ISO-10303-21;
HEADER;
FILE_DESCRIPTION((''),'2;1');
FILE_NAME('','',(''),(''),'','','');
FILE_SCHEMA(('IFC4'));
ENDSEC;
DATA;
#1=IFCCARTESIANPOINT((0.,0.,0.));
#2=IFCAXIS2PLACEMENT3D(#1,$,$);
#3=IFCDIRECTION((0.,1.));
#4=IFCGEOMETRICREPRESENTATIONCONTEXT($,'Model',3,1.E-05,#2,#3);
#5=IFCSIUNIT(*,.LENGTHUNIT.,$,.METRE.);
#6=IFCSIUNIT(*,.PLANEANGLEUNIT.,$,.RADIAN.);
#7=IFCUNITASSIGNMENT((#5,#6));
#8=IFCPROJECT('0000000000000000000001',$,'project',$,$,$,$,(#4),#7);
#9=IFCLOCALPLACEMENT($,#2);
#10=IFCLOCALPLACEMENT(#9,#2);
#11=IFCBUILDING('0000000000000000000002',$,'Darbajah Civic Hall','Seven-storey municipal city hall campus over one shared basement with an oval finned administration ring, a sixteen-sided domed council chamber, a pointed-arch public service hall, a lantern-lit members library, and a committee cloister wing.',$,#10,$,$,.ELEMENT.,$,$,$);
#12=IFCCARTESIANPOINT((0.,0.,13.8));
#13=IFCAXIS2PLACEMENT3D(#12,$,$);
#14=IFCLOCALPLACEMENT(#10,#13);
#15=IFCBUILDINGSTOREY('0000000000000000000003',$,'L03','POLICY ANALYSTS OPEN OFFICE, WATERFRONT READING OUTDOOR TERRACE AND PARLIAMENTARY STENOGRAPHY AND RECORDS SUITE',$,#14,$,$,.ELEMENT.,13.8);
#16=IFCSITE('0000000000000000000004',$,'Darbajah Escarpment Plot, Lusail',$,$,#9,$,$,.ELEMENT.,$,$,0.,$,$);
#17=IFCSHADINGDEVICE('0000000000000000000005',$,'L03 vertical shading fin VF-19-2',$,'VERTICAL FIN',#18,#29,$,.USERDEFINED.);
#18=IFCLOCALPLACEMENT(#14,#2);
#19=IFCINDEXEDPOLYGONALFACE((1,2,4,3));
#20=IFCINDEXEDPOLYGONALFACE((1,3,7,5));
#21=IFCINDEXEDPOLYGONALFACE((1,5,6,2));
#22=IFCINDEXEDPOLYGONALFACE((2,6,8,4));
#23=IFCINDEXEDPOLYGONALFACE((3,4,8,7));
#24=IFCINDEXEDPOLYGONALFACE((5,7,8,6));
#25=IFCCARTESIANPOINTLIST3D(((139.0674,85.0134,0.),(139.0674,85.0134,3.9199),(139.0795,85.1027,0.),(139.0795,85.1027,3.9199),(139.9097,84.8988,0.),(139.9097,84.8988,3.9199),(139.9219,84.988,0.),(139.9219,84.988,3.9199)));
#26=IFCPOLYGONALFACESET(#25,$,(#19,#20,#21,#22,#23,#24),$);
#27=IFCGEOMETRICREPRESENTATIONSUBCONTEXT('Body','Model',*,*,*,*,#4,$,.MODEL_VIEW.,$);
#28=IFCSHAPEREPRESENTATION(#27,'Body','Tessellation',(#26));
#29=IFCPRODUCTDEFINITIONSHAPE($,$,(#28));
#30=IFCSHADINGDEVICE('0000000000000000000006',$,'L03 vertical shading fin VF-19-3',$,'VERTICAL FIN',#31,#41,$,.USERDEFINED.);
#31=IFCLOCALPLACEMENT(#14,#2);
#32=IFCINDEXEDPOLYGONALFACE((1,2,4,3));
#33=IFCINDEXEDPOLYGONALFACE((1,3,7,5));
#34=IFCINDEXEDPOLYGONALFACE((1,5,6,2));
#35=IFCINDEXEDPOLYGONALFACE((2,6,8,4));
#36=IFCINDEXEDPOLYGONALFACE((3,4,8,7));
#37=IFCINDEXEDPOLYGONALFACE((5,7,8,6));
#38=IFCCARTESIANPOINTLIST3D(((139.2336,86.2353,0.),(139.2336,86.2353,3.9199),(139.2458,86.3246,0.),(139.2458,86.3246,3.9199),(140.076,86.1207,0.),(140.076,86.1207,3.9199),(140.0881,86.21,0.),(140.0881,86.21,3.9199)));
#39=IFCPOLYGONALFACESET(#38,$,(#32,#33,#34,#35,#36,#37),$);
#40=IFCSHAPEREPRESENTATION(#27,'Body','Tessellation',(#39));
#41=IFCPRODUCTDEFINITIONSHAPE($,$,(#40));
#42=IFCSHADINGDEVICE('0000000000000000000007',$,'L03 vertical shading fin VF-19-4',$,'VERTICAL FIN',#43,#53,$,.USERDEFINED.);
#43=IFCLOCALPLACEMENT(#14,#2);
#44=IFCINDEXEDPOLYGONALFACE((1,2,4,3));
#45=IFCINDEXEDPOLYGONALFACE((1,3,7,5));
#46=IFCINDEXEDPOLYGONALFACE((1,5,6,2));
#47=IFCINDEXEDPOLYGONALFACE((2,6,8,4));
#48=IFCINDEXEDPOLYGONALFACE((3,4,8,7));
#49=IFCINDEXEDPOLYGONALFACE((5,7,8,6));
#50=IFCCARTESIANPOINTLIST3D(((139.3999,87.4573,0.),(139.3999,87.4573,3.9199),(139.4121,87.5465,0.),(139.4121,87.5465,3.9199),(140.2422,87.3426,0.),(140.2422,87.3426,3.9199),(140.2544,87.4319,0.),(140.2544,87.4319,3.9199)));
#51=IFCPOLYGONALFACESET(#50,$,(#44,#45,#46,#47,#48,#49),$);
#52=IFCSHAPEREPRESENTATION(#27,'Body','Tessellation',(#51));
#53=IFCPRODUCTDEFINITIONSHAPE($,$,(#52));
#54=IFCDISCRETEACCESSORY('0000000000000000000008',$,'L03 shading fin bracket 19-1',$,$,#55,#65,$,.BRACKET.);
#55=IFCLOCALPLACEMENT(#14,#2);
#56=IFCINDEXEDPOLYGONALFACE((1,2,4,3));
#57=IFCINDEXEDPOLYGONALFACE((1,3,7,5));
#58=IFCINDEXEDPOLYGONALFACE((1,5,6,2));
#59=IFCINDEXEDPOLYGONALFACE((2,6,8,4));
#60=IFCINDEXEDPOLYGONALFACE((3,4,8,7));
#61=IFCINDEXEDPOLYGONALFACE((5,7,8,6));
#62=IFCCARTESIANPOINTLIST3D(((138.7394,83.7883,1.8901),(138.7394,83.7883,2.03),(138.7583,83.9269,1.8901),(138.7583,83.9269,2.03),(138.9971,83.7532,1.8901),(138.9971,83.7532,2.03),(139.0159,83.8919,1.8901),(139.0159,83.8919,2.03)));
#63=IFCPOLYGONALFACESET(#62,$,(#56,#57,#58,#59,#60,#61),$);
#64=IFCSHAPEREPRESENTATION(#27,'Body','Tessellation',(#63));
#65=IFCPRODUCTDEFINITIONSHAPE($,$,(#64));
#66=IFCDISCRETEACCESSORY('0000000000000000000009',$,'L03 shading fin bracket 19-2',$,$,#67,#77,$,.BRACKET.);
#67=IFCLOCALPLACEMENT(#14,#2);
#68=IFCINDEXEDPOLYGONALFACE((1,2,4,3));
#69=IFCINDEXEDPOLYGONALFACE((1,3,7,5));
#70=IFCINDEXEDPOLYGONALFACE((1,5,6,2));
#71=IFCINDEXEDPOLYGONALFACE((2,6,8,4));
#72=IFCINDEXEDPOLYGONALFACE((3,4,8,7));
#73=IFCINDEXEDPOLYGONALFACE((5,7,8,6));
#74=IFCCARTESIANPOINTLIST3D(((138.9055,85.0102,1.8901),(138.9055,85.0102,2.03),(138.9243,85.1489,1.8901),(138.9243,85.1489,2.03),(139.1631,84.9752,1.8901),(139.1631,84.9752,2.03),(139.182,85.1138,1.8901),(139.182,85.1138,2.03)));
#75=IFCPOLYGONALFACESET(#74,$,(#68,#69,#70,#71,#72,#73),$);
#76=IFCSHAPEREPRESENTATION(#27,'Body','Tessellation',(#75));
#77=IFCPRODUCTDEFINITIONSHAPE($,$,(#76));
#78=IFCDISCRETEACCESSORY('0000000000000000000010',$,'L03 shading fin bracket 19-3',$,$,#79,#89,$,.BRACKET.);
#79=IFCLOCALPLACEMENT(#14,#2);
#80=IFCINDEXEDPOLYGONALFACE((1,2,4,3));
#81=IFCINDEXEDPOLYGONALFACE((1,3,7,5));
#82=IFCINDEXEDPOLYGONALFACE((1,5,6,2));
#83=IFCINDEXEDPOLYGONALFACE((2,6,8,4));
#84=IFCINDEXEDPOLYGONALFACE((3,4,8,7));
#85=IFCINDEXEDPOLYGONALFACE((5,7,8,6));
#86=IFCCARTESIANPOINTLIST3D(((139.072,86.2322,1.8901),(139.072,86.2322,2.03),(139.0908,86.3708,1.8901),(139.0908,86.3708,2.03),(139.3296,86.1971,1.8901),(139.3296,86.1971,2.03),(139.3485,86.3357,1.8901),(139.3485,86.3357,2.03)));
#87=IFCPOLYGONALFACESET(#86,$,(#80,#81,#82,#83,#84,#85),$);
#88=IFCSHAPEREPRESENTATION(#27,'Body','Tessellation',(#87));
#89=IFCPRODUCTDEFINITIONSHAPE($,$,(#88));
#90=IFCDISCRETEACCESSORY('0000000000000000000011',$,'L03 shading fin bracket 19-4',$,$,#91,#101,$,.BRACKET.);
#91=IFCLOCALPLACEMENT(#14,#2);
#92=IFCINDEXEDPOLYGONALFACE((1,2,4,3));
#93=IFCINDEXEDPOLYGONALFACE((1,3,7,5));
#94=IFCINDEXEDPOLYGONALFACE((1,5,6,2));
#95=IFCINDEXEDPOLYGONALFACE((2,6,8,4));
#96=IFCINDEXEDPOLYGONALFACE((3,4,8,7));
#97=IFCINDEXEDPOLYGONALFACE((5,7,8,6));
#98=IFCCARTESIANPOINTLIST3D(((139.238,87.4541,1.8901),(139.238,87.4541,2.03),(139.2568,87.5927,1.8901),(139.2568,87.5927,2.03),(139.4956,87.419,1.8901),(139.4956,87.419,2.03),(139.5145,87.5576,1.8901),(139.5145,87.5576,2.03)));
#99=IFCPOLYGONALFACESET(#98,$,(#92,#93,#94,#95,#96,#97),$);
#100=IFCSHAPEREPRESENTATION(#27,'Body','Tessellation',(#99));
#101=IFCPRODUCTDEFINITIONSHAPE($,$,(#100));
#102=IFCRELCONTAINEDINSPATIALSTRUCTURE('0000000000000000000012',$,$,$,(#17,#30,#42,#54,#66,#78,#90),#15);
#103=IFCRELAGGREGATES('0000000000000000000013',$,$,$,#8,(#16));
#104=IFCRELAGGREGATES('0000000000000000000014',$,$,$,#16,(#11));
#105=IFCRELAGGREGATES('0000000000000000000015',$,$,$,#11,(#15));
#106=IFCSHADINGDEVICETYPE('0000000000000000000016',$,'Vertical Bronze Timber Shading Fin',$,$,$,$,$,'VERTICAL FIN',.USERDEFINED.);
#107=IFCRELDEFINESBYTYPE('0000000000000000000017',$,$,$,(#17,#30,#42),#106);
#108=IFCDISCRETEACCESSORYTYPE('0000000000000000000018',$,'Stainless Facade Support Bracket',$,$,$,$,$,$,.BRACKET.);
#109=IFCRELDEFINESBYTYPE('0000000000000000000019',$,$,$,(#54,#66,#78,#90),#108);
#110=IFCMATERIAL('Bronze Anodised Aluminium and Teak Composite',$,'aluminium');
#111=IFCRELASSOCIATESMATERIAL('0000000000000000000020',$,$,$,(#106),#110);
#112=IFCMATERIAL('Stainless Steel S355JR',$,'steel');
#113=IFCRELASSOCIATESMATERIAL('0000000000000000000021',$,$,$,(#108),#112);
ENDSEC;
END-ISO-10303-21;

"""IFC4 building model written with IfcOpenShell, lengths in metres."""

from ifc_helpers import new_model, si_unit, direction, frame, origin, origin_2d, place, context, subcontext, project, spatial, rectangle, extrude, material, type_object, element, save


model = new_model("IFC4")

# Units and contexts
model_context = context("Model", 3, precision=1e-05, world=origin(), true_north=direction((0.0, 1.0)))
body_context = subcontext(model_context, "Body", "Model", "MODEL_VIEW")
ifc_project = project(units=[si_unit("LENGTHUNIT", "METRE"), si_unit("PLANEANGLEUNIT", "RADIAN")], contexts=[model_context])

# Site, building, storey
site_placement = place(None, origin())
site = spatial("IfcSite", under=ifc_project, at=site_placement, Name="Darbajah Escarpment Plot, Lusail", CompositionType="ELEMENT", RefElevation=0.0)
building_placement = place(site_placement, origin())
building = spatial("IfcBuilding", under=site, at=building_placement, Name="Darbajah Civic Hall", Description="Seven-storey municipal city hall campus over one shared basement with an oval finned administration ring, a sixteen-sided domed council chamber, a pointed-arch public service hall, a lantern-lit members library, and a committee cloister wing.", CompositionType="ELEMENT")
storey_placement = place(building_placement, frame((0.0, 0.0, 13.8)))
storey = spatial("IfcBuildingStorey", under=building, at=storey_placement, Name="L03", Description="POLICY ANALYSTS OPEN OFFICE, WATERFRONT READING OUTDOOR TERRACE AND PARLIAMENTARY STENOGRAPHY AND RECORDS SUITE", CompositionType="ELEMENT", Elevation=13.8)

# Shading devices
ifc_material_1 = material(Name="Bronze Anodised Aluminium and Teak Composite", Category="aluminium")
shading_device_type = type_object("IfcShadingDeviceType", Name="Vertical Bronze Timber Shading Fin", ElementType="VERTICAL FIN", PredefinedType="USERDEFINED", material=ifc_material_1)
for number, where, z_axis, x_axis, name in (
    (1, (139.4946, 85.0007, 0.0), (0.0, 0.0, 1.0), (0.990866, -0.134851, 0.0), "L03 vertical shading fin VF-19-2"),
    (2, (139.6609, 86.2227, 0.0), (0.0, 0.0, 1.0), (0.990866, -0.134851, 0.0), "L03 vertical shading fin VF-19-3"),
    (3, (139.8271, 87.4446, 0.0), (0.0, 0.0, 1.0), (0.990866, -0.134851, 0.0), "L03 vertical shading fin VF-19-4"),
):
    element("IfcShadingDevice", number, at=place(storey_placement, frame(where, z_axis=z_axis, x_axis=x_axis)), inside=storey, type_object=shading_device_type, Name=name, ObjectType="VERTICAL FIN", PredefinedType="USERDEFINED", context=body_context, shape_type="SweptSolid", body=[
        extrude(rectangle(XDim=0.8501, YDim=0.0901, at=origin_2d()), origin(), (0.0, 0.0, 1.0), 3.9199),
    ])

# Discrete accessories
ifc_material_2 = material(Name="Stainless Steel S355JR", Category="steel")
discrete_accessory_type = type_object("IfcDiscreteAccessoryType", Name="Stainless Facade Support Bracket", PredefinedType="BRACKET", material=ifc_material_2)
for number, where, z_axis, x_axis, name in (
    (4, (138.8777, 83.8401, 1.8901), (0.0, 0.0, 1.0), (0.990866, -0.134851, 0.0), "L03 shading fin bracket 19-1"),
    (5, (139.0437, 85.062, 1.8901), (0.0, 0.0, 1.0), (0.990866, -0.134851, 0.0), "L03 shading fin bracket 19-2"),
    (6, (139.2102, 86.2839, 1.8901), (0.0, 0.0, 1.0), (0.990866, -0.134851, 0.0), "L03 shading fin bracket 19-3"),
    (7, (139.3762, 87.5059, 1.8901), (0.0, 0.0, 1.0), (0.990866, -0.134851, 0.0), "L03 shading fin bracket 19-4"),
):
    element("IfcDiscreteAccessory", number, at=place(storey_placement, frame(where, z_axis=z_axis, x_axis=x_axis)), inside=storey, type_object=discrete_accessory_type, Name=name, PredefinedType="BRACKET", context=body_context, shape_type="SweptSolid", body=[
        extrude(rectangle(XDim=0.26, YDim=0.1399, at=origin_2d()), origin(), (0.0, 0.0, 1.0), 0.1399),
    ])

save(model, "model.ifc")
